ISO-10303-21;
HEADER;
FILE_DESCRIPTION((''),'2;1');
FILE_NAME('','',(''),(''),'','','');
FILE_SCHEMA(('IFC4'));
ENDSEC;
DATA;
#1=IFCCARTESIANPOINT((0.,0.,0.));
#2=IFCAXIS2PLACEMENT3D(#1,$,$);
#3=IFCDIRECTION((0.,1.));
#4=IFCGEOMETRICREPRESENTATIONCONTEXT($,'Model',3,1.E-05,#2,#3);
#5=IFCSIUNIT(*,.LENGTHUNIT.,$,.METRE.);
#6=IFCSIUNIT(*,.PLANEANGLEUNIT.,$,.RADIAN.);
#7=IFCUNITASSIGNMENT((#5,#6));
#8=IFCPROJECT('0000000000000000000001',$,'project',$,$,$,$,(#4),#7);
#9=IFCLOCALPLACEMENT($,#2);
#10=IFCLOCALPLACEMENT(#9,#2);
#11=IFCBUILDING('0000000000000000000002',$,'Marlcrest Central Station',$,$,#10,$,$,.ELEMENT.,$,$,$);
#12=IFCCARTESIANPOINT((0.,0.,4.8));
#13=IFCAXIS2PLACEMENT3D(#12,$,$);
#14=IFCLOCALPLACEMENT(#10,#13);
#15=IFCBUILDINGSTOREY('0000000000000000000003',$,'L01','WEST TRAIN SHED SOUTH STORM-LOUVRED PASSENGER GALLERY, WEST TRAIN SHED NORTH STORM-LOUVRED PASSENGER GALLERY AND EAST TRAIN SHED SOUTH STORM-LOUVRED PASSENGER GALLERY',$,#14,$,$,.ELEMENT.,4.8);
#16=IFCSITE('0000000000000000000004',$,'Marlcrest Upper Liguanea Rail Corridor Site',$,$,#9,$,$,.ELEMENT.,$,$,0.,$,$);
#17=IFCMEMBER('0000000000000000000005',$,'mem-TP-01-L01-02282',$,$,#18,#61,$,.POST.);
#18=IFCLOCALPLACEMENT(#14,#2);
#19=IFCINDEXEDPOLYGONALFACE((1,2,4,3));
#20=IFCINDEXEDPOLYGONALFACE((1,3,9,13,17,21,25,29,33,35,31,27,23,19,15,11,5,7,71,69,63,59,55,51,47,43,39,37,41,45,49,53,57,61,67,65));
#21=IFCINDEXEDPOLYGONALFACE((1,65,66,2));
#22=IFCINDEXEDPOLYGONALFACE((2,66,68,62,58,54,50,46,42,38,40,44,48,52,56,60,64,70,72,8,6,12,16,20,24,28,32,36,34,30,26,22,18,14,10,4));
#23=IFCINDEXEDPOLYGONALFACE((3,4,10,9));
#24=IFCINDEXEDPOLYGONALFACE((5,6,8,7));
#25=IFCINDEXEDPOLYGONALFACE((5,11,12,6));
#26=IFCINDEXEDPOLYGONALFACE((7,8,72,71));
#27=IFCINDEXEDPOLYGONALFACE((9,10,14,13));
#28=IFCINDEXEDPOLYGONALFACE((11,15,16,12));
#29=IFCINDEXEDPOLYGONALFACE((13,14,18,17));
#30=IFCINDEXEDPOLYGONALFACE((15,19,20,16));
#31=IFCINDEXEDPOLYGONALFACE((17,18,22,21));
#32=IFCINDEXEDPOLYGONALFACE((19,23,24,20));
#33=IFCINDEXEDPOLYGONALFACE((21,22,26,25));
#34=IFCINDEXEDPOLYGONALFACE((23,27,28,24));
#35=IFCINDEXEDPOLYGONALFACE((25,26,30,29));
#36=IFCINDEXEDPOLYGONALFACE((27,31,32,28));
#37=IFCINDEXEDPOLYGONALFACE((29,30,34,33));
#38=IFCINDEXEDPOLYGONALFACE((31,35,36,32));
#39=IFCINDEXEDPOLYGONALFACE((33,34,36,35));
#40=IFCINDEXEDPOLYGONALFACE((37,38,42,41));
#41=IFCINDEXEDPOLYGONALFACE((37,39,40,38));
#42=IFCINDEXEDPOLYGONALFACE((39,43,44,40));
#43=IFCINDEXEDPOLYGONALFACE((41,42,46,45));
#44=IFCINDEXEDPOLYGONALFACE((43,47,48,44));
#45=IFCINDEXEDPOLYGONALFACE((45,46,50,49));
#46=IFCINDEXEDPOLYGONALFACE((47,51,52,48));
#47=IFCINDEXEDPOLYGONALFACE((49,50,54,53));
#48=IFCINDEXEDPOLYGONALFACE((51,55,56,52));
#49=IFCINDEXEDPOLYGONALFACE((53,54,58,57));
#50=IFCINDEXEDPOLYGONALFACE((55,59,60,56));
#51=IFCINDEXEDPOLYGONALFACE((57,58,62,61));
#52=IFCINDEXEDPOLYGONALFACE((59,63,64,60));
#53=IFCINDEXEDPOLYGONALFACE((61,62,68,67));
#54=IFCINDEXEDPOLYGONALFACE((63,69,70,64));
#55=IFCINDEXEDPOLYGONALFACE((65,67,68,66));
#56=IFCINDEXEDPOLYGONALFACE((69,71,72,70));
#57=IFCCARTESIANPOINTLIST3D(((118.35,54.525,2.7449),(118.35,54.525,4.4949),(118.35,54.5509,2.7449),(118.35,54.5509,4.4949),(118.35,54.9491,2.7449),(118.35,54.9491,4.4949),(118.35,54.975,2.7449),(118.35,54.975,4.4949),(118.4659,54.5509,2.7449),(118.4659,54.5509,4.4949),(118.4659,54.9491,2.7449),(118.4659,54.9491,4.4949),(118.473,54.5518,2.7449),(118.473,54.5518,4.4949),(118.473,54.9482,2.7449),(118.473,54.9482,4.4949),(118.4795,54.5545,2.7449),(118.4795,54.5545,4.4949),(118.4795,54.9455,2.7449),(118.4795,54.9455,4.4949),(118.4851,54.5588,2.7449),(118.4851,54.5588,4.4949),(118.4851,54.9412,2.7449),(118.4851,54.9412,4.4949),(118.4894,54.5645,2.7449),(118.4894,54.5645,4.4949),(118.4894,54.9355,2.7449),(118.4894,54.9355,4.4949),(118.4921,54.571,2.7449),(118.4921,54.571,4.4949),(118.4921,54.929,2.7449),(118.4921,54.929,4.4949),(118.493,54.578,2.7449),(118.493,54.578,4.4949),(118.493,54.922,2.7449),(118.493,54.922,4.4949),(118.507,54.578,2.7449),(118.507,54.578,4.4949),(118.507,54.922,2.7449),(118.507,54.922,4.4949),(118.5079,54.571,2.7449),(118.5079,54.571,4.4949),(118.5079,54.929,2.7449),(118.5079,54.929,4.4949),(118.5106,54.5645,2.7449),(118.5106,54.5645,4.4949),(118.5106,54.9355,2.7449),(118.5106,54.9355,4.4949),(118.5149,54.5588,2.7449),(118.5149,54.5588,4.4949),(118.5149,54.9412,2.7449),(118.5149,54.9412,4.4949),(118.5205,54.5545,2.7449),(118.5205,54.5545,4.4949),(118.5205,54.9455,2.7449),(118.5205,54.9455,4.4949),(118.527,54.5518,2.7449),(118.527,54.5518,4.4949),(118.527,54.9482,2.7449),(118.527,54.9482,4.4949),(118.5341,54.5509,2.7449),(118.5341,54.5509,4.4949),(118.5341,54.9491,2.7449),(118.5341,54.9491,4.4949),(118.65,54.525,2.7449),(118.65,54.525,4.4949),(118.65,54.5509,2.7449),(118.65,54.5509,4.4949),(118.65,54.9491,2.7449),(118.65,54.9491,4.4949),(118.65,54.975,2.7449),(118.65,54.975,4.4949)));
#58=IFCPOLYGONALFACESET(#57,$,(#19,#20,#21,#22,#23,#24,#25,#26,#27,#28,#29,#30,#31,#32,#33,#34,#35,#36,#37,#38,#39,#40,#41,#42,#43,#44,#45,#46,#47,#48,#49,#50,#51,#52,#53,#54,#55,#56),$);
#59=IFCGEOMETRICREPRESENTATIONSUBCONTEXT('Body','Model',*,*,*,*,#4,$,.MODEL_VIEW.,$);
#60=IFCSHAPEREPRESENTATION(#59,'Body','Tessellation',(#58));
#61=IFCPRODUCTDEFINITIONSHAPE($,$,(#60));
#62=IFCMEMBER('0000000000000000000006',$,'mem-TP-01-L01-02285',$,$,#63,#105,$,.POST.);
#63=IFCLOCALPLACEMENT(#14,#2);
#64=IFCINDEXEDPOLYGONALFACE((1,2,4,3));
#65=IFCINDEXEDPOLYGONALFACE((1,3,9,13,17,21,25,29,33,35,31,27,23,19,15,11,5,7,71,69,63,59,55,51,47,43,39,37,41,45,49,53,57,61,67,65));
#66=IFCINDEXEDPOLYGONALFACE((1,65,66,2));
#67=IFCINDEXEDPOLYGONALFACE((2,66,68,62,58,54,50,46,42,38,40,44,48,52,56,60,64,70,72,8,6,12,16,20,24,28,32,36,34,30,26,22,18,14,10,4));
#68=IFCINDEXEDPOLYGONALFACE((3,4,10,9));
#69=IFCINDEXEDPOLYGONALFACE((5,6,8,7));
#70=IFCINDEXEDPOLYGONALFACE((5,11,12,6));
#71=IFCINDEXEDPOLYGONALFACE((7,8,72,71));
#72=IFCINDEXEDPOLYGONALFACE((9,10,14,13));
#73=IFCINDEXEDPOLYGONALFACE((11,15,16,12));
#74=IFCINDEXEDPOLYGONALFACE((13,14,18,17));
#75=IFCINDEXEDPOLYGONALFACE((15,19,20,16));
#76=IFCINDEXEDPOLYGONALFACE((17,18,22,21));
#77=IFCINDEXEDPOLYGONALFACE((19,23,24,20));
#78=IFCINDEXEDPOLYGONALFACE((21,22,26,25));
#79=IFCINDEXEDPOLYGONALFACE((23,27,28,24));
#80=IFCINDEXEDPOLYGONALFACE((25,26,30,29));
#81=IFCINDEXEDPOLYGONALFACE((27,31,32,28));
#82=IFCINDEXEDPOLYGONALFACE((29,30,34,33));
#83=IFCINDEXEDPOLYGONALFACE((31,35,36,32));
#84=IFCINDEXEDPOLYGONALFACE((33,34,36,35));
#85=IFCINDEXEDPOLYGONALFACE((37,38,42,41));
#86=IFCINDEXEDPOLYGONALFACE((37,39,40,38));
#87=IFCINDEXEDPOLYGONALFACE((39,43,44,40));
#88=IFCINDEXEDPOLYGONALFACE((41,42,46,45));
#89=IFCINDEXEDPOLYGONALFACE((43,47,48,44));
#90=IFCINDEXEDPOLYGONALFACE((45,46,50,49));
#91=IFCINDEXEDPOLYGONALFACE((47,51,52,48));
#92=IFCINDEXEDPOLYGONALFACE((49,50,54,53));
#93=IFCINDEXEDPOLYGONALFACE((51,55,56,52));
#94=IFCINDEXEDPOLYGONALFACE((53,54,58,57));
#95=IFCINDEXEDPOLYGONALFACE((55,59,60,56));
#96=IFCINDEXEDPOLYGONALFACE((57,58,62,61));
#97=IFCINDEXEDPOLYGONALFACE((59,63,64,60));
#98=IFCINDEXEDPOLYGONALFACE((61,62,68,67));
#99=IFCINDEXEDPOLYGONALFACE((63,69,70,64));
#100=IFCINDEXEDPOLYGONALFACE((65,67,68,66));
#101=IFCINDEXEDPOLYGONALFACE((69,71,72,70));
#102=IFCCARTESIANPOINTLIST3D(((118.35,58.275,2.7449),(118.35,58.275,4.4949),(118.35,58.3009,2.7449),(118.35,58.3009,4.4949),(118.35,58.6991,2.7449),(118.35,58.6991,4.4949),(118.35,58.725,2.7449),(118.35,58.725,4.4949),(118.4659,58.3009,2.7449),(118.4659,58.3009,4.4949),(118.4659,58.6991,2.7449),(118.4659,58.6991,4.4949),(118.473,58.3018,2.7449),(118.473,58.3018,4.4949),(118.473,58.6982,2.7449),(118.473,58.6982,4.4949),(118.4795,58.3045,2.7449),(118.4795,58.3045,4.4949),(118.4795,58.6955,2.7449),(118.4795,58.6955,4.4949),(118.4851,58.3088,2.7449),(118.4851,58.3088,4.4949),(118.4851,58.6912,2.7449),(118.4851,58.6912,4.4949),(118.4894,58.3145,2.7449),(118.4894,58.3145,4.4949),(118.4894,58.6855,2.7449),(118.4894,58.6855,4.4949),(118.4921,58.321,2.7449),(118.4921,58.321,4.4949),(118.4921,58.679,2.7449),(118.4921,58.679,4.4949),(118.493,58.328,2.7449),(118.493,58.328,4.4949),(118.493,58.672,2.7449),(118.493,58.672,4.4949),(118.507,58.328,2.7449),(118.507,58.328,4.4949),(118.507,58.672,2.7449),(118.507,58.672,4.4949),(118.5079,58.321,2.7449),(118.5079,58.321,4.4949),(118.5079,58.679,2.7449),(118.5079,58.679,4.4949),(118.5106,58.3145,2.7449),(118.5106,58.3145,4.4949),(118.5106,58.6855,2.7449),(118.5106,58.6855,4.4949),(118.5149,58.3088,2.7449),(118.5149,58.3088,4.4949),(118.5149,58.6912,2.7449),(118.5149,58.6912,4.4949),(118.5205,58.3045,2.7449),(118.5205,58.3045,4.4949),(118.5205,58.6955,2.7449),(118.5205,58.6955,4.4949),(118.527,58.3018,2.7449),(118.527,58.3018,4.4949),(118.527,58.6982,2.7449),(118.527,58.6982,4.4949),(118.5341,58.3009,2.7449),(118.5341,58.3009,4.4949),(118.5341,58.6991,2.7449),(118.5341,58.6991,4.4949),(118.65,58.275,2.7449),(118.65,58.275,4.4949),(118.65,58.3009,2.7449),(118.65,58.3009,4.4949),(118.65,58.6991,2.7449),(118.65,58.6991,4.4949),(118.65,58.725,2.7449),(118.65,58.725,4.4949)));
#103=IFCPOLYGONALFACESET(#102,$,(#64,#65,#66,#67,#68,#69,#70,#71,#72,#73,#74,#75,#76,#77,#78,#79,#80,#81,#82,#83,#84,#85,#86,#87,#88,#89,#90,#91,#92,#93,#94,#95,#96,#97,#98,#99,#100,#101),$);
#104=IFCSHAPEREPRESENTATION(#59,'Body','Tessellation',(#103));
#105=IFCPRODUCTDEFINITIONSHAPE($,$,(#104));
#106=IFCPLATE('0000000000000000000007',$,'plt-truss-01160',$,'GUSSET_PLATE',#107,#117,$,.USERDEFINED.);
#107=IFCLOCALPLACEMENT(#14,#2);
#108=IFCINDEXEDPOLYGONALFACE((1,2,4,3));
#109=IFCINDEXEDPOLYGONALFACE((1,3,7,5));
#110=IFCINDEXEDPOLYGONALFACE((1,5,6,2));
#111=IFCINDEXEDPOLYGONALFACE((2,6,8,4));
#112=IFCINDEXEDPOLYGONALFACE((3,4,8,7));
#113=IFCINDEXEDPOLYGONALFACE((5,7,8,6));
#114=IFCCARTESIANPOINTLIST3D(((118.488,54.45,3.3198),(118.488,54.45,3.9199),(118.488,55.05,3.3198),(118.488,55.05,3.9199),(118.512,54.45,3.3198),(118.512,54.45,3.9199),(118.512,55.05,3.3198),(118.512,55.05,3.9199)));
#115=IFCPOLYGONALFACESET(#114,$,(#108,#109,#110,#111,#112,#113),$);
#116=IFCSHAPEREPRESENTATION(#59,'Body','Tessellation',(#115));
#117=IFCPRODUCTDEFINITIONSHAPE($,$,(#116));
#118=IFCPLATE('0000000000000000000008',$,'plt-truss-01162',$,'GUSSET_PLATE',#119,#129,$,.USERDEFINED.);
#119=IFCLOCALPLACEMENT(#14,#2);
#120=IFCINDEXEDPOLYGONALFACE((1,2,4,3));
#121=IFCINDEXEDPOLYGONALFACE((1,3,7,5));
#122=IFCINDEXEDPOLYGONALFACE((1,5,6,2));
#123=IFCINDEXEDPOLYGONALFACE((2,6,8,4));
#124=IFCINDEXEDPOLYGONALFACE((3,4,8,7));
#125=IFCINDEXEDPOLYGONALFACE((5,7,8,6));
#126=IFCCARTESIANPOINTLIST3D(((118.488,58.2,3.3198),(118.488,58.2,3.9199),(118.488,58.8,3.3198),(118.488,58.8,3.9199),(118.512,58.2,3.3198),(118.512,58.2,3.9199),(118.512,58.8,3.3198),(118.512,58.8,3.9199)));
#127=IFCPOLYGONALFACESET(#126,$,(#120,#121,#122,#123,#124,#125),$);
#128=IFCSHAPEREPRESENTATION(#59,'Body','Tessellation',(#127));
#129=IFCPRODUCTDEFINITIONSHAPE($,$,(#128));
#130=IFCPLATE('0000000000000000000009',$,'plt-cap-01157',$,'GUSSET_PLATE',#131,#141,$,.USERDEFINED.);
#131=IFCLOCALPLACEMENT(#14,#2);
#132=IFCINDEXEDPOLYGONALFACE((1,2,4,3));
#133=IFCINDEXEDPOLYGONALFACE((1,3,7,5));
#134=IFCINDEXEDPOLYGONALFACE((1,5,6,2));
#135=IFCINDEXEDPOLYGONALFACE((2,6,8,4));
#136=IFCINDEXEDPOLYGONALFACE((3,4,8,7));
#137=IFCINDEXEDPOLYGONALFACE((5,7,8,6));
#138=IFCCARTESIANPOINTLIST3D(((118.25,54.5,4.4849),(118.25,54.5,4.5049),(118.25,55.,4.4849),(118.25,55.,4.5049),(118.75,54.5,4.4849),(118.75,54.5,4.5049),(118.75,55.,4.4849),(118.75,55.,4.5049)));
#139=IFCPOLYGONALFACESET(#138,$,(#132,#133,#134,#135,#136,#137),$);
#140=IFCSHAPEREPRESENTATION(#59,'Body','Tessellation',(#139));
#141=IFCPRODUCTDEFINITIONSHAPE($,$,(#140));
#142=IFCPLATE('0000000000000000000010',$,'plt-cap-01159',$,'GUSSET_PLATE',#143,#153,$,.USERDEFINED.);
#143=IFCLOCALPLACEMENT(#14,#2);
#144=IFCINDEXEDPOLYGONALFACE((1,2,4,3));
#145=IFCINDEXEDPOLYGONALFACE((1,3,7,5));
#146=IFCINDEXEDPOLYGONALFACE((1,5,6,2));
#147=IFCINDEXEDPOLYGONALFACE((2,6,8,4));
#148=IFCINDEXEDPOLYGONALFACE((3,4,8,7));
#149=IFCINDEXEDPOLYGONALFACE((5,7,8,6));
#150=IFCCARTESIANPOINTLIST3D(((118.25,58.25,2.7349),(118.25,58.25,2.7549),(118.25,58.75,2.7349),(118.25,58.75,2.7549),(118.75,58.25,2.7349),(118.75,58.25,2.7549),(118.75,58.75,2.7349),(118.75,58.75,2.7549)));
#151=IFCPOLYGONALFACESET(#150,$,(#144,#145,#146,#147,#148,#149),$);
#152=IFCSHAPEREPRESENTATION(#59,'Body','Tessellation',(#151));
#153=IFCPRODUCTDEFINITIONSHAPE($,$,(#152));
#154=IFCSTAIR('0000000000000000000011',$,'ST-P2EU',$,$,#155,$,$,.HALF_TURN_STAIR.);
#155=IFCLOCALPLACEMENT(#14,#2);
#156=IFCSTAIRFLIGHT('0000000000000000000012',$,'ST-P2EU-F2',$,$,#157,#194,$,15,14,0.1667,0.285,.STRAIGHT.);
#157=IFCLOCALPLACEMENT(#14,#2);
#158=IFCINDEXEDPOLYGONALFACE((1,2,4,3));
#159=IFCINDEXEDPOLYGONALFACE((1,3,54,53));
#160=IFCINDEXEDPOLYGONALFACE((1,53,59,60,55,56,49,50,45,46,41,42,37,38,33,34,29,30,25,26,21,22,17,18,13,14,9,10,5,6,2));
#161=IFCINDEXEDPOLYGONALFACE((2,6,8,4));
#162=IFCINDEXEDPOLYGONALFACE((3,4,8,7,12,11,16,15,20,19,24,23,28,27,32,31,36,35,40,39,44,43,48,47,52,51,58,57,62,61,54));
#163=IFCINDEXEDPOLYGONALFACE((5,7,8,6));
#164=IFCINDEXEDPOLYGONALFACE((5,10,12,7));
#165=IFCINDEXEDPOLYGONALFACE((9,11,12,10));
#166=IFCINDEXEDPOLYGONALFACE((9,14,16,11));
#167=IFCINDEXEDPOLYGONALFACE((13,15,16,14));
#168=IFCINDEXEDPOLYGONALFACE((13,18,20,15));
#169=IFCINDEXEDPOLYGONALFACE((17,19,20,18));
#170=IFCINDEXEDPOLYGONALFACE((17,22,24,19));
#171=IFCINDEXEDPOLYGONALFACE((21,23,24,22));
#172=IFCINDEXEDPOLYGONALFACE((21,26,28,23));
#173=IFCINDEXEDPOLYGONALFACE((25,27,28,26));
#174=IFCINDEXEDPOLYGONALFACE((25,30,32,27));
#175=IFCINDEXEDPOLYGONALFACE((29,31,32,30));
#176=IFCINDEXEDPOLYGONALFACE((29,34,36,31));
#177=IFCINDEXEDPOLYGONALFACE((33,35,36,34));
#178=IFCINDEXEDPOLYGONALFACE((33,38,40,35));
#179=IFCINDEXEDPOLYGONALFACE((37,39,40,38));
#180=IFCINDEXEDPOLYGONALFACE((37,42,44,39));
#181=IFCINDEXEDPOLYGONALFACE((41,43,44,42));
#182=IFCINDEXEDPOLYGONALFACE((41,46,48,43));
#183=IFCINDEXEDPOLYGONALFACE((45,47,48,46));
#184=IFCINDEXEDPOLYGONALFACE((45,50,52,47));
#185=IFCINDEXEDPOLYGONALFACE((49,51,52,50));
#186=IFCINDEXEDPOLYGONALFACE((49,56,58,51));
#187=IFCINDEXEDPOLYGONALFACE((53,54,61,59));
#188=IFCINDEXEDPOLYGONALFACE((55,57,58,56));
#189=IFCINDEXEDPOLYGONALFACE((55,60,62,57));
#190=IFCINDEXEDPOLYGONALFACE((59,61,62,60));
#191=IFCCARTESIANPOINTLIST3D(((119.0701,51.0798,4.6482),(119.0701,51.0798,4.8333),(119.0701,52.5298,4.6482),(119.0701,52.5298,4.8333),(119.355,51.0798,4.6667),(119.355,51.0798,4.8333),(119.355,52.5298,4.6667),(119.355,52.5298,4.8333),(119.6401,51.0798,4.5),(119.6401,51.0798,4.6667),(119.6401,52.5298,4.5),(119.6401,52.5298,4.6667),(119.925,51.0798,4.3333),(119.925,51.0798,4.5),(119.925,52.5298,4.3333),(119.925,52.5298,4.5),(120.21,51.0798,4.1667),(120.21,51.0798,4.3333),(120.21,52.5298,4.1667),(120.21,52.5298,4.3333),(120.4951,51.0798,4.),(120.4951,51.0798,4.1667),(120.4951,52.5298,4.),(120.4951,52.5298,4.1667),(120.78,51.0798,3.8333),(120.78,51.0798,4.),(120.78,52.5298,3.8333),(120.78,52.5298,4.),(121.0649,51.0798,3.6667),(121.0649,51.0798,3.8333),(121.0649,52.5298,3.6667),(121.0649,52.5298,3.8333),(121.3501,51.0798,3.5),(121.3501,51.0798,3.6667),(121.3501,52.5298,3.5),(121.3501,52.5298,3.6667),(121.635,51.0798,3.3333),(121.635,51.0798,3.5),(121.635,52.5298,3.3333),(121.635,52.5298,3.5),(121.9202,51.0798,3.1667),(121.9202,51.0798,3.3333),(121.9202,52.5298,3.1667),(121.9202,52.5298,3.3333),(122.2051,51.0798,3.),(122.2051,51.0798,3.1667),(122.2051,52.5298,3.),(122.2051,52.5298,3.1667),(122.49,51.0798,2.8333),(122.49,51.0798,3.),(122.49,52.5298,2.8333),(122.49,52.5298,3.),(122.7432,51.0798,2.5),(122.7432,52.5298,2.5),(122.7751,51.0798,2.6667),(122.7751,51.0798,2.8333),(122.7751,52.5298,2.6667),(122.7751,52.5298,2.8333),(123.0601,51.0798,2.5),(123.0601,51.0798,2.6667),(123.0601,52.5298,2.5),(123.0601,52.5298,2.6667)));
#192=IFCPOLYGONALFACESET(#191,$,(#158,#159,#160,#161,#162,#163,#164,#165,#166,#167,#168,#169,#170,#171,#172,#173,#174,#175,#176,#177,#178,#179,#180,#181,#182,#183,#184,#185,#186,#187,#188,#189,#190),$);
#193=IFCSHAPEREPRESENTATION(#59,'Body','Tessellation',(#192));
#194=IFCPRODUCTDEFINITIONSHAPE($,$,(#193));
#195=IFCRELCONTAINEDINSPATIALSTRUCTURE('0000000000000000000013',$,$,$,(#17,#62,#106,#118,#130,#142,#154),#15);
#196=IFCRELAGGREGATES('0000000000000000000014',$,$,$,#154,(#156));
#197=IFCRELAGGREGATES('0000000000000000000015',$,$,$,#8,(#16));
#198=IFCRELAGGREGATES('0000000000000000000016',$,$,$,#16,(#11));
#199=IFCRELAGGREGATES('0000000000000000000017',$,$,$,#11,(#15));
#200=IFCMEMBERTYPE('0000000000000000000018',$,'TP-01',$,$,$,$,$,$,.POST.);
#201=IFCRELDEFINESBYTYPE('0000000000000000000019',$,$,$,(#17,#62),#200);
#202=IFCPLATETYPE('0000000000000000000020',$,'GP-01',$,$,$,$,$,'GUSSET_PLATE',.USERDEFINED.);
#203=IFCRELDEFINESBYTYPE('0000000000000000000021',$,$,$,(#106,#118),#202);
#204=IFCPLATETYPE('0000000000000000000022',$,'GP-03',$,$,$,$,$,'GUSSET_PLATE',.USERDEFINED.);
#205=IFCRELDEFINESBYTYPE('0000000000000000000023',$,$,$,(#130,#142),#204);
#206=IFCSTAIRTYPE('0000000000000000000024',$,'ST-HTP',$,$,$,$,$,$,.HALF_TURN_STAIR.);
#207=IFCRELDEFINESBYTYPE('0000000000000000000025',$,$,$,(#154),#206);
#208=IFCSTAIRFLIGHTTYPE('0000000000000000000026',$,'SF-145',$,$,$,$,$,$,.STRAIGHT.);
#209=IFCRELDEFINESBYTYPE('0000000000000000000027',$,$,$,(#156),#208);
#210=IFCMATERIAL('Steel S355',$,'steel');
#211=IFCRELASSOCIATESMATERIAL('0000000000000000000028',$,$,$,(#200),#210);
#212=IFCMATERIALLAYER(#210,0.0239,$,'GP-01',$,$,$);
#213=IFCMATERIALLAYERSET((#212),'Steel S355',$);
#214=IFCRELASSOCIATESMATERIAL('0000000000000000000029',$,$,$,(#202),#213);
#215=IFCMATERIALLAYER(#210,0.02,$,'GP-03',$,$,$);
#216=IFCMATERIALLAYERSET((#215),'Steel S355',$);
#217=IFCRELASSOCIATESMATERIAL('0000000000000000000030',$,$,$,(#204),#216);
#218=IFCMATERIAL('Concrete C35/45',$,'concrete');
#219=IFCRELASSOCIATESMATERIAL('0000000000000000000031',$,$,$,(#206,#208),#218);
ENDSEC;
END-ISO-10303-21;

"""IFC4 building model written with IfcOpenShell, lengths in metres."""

from ifc_helpers import new_model, si_unit, direction, frame, origin, origin_2d, place, context, subcontext, project, spatial, polyline, rectangle, i_section, outline, extrude, material, layer, layer_set, material_profile, profile_set, type_object, element, aggregate, save


model = new_model("IFC4")

# Units and contexts
model_context = context("Model", 3, precision=1e-05, world=origin(), true_north=direction((0.0, 1.0)))
body_context = subcontext(model_context, "Body", "Model", "MODEL_VIEW")
ifc_project = project(units=[si_unit("LENGTHUNIT", "METRE"), si_unit("PLANEANGLEUNIT", "RADIAN")], contexts=[model_context])

# Site, building, storey
site_placement = place(None, origin())
site = spatial("IfcSite", under=ifc_project, at=site_placement, Name="Marlcrest Upper Liguanea Rail Corridor Site", CompositionType="ELEMENT", RefElevation=0.0)
building_placement = place(site_placement, origin())
building = spatial("IfcBuilding", under=site, at=building_placement, Name="Marlcrest Central Station", CompositionType="ELEMENT")
storey_placement = place(building_placement, frame((0.0, 0.0, 4.8)))
storey = spatial("IfcBuildingStorey", under=building, at=storey_placement, Name="L01", Description="WEST TRAIN SHED SOUTH STORM-LOUVRED PASSENGER GALLERY, WEST TRAIN SHED NORTH STORM-LOUVRED PASSENGER GALLERY AND EAST TRAIN SHED SOUTH STORM-LOUVRED PASSENGER GALLERY", CompositionType="ELEMENT", Elevation=4.8)

# Shared definitions
ifc_material_1 = material(Name="Steel S355", Category="steel")

# Members
ifc_material_profile_1 = material_profile(ifc_material_1, i_section(OverallWidth=0.3, OverallDepth=0.45, WebThickness=0.0139, FlangeThickness=0.0259, FilletRadius=0.0271, at=origin_2d()), Name="HEB 450")
ifc_profile_set_1 = profile_set([ifc_material_profile_1], Name="Steel S355")
member_type_1 = type_object("IfcMemberType", Name="TP-01", PredefinedType="POST", material=ifc_profile_set_1)
for number, where, z_axis, x_axis, name in (
    (1, (118.5, 54.75, 2.7449), (0.0, 0.0, 1.0), (1.0, 0.0, 0.0), "mem-TP-01-L01-02282"),
    (2, (118.5, 58.5, 2.7449), (0.0, 0.0, 1.0), (1.0, 0.0, 0.0), "mem-TP-01-L01-02285"),
):
    element("IfcMember", number, at=place(storey_placement, frame(where, z_axis=z_axis, x_axis=x_axis)), inside=storey, type_object=member_type_1, Name=name, PredefinedType="POST", context=body_context, shape_type="SweptSolid", body=[
        extrude(i_section(OverallWidth=0.3, OverallDepth=0.45, WebThickness=0.0139, FlangeThickness=0.0259, FilletRadius=0.0271, at=origin_2d()), origin(), (0.0, 0.0, 1.0), 1.75),
    ])

# Plates
ifc_layer_1 = layer(ifc_material_1, 0.0239, Name="GP-01")
ifc_layer_set_1 = layer_set([ifc_layer_1], Name="Steel S355")
plate_type_1 = type_object("IfcPlateType", Name="GP-01", ElementType="GUSSET_PLATE", PredefinedType="USERDEFINED", material=ifc_layer_set_1)
for number, where, z_axis, x_axis, name in (
    (3, (118.5, 54.75, 3.3198), (0.0, 0.0, 1.0), (1.0, 0.0, 0.0), "plt-truss-01160"),
    (4, (118.5, 58.5, 3.3198), (0.0, 0.0, 1.0), (1.0, 0.0, 0.0), "plt-truss-01162"),
):
    element("IfcPlate", number, at=place(storey_placement, frame(where, z_axis=z_axis, x_axis=x_axis)), inside=storey, type_object=plate_type_1, Name=name, ObjectType="GUSSET_PLATE", PredefinedType="USERDEFINED", context=body_context, shape_type="SweptSolid", body=[
        extrude(rectangle(XDim=0.0239, YDim=0.6001, at=origin_2d()), origin(), (0.0, 0.0, 1.0), 0.6001),
    ])
ifc_layer_2 = layer(ifc_material_1, 0.02, Name="GP-03")
ifc_layer_set_2 = layer_set([ifc_layer_2], Name="Steel S355")
plate_type_2 = type_object("IfcPlateType", Name="GP-03", ElementType="GUSSET_PLATE", PredefinedType="USERDEFINED", material=ifc_layer_set_2)
for number, where, z_axis, x_axis, name in (
    (5, (118.5, 54.75, 4.4849), (0.0, 0.0, 1.0), (1.0, 0.0, 0.0), "plt-cap-01157"),
    (6, (118.5, 58.5, 2.7349), (0.0, 0.0, 1.0), (1.0, 0.0, 0.0), "plt-cap-01159"),
):
    element("IfcPlate", number, at=place(storey_placement, frame(where, z_axis=z_axis, x_axis=x_axis)), inside=storey, type_object=plate_type_2, Name=name, ObjectType="GUSSET_PLATE", PredefinedType="USERDEFINED", context=body_context, shape_type="SweptSolid", body=[
        extrude(rectangle(XDim=0.5, YDim=0.5, at=origin_2d()), origin(), (0.0, 0.0, 1.0), 0.02),
    ])

# Stair, stair flight
ifc_material_2 = material(Name="Concrete C35/45", Category="concrete")
stair_type = type_object("IfcStairType", Name="ST-HTP", PredefinedType="HALF_TURN_STAIR", material=ifc_material_2)
stair_placement = place(storey_placement, origin())
stair = element("IfcStair", 7, at=stair_placement, inside=storey, type_object=stair_type, Name="ST-P2EU", PredefinedType="HALF_TURN_STAIR")
stair_flight_type = type_object("IfcStairFlightType", Name="SF-145", PredefinedType="STRAIGHT", material=ifc_material_2)
stair_flight_placement = place(storey_placement, frame((123.0601, 51.8049, 2.5), z_axis=(0.0, 0.0, 1.0), x_axis=(-1.0, 0.0, 0.0)))
stair_flight = element("IfcStairFlight", 8, at=stair_flight_placement, type_object=stair_flight_type, Name="ST-P2EU-F2", NumberOfRisers=15, NumberOfTreads=14, PredefinedType="STRAIGHT", RiserHeight=0.1667, TreadLength=0.285, context=body_context, shape_type="SweptSolid", body=[
    extrude(outline(polyline([(0.0, 0.0), (0.0, 0.1667), (0.2849, 0.1667), (0.2849, 0.3333), (0.5701, 0.3333), (0.5701, 0.5), (0.855, 0.5), (0.855, 0.6667), (1.1399, 0.6667), (1.1399, 0.8333), (1.425, 0.8333), (1.425, 1.0), (1.71, 1.0), (1.71, 1.1667), (1.9951, 1.1667), (1.9951, 1.3333), (2.28, 1.3333), (2.28, 1.5), (2.5649, 1.5), (2.5649, 1.6667), (2.8501, 1.6667), (2.8501, 1.8333), (3.135, 1.8333), (3.135, 2.0), (3.4199, 2.0), (3.4199, 2.1667), (3.7051, 2.1667), (3.7051, 2.3333), (3.99, 2.3333), (3.99, 2.5), (3.99, 2.1482), (0.3169, 0.0), (0.0, 0.0)])), frame((0.0, 0.7251, 0.0), z_axis=(0.0, -1.0, 0.0), x_axis=(1.0, 0.0, 0.0)), (0.0, 0.0, 1.0), 1.45),
])
aggregate(stair, [stair_flight])

save(model, "model.ifc")
